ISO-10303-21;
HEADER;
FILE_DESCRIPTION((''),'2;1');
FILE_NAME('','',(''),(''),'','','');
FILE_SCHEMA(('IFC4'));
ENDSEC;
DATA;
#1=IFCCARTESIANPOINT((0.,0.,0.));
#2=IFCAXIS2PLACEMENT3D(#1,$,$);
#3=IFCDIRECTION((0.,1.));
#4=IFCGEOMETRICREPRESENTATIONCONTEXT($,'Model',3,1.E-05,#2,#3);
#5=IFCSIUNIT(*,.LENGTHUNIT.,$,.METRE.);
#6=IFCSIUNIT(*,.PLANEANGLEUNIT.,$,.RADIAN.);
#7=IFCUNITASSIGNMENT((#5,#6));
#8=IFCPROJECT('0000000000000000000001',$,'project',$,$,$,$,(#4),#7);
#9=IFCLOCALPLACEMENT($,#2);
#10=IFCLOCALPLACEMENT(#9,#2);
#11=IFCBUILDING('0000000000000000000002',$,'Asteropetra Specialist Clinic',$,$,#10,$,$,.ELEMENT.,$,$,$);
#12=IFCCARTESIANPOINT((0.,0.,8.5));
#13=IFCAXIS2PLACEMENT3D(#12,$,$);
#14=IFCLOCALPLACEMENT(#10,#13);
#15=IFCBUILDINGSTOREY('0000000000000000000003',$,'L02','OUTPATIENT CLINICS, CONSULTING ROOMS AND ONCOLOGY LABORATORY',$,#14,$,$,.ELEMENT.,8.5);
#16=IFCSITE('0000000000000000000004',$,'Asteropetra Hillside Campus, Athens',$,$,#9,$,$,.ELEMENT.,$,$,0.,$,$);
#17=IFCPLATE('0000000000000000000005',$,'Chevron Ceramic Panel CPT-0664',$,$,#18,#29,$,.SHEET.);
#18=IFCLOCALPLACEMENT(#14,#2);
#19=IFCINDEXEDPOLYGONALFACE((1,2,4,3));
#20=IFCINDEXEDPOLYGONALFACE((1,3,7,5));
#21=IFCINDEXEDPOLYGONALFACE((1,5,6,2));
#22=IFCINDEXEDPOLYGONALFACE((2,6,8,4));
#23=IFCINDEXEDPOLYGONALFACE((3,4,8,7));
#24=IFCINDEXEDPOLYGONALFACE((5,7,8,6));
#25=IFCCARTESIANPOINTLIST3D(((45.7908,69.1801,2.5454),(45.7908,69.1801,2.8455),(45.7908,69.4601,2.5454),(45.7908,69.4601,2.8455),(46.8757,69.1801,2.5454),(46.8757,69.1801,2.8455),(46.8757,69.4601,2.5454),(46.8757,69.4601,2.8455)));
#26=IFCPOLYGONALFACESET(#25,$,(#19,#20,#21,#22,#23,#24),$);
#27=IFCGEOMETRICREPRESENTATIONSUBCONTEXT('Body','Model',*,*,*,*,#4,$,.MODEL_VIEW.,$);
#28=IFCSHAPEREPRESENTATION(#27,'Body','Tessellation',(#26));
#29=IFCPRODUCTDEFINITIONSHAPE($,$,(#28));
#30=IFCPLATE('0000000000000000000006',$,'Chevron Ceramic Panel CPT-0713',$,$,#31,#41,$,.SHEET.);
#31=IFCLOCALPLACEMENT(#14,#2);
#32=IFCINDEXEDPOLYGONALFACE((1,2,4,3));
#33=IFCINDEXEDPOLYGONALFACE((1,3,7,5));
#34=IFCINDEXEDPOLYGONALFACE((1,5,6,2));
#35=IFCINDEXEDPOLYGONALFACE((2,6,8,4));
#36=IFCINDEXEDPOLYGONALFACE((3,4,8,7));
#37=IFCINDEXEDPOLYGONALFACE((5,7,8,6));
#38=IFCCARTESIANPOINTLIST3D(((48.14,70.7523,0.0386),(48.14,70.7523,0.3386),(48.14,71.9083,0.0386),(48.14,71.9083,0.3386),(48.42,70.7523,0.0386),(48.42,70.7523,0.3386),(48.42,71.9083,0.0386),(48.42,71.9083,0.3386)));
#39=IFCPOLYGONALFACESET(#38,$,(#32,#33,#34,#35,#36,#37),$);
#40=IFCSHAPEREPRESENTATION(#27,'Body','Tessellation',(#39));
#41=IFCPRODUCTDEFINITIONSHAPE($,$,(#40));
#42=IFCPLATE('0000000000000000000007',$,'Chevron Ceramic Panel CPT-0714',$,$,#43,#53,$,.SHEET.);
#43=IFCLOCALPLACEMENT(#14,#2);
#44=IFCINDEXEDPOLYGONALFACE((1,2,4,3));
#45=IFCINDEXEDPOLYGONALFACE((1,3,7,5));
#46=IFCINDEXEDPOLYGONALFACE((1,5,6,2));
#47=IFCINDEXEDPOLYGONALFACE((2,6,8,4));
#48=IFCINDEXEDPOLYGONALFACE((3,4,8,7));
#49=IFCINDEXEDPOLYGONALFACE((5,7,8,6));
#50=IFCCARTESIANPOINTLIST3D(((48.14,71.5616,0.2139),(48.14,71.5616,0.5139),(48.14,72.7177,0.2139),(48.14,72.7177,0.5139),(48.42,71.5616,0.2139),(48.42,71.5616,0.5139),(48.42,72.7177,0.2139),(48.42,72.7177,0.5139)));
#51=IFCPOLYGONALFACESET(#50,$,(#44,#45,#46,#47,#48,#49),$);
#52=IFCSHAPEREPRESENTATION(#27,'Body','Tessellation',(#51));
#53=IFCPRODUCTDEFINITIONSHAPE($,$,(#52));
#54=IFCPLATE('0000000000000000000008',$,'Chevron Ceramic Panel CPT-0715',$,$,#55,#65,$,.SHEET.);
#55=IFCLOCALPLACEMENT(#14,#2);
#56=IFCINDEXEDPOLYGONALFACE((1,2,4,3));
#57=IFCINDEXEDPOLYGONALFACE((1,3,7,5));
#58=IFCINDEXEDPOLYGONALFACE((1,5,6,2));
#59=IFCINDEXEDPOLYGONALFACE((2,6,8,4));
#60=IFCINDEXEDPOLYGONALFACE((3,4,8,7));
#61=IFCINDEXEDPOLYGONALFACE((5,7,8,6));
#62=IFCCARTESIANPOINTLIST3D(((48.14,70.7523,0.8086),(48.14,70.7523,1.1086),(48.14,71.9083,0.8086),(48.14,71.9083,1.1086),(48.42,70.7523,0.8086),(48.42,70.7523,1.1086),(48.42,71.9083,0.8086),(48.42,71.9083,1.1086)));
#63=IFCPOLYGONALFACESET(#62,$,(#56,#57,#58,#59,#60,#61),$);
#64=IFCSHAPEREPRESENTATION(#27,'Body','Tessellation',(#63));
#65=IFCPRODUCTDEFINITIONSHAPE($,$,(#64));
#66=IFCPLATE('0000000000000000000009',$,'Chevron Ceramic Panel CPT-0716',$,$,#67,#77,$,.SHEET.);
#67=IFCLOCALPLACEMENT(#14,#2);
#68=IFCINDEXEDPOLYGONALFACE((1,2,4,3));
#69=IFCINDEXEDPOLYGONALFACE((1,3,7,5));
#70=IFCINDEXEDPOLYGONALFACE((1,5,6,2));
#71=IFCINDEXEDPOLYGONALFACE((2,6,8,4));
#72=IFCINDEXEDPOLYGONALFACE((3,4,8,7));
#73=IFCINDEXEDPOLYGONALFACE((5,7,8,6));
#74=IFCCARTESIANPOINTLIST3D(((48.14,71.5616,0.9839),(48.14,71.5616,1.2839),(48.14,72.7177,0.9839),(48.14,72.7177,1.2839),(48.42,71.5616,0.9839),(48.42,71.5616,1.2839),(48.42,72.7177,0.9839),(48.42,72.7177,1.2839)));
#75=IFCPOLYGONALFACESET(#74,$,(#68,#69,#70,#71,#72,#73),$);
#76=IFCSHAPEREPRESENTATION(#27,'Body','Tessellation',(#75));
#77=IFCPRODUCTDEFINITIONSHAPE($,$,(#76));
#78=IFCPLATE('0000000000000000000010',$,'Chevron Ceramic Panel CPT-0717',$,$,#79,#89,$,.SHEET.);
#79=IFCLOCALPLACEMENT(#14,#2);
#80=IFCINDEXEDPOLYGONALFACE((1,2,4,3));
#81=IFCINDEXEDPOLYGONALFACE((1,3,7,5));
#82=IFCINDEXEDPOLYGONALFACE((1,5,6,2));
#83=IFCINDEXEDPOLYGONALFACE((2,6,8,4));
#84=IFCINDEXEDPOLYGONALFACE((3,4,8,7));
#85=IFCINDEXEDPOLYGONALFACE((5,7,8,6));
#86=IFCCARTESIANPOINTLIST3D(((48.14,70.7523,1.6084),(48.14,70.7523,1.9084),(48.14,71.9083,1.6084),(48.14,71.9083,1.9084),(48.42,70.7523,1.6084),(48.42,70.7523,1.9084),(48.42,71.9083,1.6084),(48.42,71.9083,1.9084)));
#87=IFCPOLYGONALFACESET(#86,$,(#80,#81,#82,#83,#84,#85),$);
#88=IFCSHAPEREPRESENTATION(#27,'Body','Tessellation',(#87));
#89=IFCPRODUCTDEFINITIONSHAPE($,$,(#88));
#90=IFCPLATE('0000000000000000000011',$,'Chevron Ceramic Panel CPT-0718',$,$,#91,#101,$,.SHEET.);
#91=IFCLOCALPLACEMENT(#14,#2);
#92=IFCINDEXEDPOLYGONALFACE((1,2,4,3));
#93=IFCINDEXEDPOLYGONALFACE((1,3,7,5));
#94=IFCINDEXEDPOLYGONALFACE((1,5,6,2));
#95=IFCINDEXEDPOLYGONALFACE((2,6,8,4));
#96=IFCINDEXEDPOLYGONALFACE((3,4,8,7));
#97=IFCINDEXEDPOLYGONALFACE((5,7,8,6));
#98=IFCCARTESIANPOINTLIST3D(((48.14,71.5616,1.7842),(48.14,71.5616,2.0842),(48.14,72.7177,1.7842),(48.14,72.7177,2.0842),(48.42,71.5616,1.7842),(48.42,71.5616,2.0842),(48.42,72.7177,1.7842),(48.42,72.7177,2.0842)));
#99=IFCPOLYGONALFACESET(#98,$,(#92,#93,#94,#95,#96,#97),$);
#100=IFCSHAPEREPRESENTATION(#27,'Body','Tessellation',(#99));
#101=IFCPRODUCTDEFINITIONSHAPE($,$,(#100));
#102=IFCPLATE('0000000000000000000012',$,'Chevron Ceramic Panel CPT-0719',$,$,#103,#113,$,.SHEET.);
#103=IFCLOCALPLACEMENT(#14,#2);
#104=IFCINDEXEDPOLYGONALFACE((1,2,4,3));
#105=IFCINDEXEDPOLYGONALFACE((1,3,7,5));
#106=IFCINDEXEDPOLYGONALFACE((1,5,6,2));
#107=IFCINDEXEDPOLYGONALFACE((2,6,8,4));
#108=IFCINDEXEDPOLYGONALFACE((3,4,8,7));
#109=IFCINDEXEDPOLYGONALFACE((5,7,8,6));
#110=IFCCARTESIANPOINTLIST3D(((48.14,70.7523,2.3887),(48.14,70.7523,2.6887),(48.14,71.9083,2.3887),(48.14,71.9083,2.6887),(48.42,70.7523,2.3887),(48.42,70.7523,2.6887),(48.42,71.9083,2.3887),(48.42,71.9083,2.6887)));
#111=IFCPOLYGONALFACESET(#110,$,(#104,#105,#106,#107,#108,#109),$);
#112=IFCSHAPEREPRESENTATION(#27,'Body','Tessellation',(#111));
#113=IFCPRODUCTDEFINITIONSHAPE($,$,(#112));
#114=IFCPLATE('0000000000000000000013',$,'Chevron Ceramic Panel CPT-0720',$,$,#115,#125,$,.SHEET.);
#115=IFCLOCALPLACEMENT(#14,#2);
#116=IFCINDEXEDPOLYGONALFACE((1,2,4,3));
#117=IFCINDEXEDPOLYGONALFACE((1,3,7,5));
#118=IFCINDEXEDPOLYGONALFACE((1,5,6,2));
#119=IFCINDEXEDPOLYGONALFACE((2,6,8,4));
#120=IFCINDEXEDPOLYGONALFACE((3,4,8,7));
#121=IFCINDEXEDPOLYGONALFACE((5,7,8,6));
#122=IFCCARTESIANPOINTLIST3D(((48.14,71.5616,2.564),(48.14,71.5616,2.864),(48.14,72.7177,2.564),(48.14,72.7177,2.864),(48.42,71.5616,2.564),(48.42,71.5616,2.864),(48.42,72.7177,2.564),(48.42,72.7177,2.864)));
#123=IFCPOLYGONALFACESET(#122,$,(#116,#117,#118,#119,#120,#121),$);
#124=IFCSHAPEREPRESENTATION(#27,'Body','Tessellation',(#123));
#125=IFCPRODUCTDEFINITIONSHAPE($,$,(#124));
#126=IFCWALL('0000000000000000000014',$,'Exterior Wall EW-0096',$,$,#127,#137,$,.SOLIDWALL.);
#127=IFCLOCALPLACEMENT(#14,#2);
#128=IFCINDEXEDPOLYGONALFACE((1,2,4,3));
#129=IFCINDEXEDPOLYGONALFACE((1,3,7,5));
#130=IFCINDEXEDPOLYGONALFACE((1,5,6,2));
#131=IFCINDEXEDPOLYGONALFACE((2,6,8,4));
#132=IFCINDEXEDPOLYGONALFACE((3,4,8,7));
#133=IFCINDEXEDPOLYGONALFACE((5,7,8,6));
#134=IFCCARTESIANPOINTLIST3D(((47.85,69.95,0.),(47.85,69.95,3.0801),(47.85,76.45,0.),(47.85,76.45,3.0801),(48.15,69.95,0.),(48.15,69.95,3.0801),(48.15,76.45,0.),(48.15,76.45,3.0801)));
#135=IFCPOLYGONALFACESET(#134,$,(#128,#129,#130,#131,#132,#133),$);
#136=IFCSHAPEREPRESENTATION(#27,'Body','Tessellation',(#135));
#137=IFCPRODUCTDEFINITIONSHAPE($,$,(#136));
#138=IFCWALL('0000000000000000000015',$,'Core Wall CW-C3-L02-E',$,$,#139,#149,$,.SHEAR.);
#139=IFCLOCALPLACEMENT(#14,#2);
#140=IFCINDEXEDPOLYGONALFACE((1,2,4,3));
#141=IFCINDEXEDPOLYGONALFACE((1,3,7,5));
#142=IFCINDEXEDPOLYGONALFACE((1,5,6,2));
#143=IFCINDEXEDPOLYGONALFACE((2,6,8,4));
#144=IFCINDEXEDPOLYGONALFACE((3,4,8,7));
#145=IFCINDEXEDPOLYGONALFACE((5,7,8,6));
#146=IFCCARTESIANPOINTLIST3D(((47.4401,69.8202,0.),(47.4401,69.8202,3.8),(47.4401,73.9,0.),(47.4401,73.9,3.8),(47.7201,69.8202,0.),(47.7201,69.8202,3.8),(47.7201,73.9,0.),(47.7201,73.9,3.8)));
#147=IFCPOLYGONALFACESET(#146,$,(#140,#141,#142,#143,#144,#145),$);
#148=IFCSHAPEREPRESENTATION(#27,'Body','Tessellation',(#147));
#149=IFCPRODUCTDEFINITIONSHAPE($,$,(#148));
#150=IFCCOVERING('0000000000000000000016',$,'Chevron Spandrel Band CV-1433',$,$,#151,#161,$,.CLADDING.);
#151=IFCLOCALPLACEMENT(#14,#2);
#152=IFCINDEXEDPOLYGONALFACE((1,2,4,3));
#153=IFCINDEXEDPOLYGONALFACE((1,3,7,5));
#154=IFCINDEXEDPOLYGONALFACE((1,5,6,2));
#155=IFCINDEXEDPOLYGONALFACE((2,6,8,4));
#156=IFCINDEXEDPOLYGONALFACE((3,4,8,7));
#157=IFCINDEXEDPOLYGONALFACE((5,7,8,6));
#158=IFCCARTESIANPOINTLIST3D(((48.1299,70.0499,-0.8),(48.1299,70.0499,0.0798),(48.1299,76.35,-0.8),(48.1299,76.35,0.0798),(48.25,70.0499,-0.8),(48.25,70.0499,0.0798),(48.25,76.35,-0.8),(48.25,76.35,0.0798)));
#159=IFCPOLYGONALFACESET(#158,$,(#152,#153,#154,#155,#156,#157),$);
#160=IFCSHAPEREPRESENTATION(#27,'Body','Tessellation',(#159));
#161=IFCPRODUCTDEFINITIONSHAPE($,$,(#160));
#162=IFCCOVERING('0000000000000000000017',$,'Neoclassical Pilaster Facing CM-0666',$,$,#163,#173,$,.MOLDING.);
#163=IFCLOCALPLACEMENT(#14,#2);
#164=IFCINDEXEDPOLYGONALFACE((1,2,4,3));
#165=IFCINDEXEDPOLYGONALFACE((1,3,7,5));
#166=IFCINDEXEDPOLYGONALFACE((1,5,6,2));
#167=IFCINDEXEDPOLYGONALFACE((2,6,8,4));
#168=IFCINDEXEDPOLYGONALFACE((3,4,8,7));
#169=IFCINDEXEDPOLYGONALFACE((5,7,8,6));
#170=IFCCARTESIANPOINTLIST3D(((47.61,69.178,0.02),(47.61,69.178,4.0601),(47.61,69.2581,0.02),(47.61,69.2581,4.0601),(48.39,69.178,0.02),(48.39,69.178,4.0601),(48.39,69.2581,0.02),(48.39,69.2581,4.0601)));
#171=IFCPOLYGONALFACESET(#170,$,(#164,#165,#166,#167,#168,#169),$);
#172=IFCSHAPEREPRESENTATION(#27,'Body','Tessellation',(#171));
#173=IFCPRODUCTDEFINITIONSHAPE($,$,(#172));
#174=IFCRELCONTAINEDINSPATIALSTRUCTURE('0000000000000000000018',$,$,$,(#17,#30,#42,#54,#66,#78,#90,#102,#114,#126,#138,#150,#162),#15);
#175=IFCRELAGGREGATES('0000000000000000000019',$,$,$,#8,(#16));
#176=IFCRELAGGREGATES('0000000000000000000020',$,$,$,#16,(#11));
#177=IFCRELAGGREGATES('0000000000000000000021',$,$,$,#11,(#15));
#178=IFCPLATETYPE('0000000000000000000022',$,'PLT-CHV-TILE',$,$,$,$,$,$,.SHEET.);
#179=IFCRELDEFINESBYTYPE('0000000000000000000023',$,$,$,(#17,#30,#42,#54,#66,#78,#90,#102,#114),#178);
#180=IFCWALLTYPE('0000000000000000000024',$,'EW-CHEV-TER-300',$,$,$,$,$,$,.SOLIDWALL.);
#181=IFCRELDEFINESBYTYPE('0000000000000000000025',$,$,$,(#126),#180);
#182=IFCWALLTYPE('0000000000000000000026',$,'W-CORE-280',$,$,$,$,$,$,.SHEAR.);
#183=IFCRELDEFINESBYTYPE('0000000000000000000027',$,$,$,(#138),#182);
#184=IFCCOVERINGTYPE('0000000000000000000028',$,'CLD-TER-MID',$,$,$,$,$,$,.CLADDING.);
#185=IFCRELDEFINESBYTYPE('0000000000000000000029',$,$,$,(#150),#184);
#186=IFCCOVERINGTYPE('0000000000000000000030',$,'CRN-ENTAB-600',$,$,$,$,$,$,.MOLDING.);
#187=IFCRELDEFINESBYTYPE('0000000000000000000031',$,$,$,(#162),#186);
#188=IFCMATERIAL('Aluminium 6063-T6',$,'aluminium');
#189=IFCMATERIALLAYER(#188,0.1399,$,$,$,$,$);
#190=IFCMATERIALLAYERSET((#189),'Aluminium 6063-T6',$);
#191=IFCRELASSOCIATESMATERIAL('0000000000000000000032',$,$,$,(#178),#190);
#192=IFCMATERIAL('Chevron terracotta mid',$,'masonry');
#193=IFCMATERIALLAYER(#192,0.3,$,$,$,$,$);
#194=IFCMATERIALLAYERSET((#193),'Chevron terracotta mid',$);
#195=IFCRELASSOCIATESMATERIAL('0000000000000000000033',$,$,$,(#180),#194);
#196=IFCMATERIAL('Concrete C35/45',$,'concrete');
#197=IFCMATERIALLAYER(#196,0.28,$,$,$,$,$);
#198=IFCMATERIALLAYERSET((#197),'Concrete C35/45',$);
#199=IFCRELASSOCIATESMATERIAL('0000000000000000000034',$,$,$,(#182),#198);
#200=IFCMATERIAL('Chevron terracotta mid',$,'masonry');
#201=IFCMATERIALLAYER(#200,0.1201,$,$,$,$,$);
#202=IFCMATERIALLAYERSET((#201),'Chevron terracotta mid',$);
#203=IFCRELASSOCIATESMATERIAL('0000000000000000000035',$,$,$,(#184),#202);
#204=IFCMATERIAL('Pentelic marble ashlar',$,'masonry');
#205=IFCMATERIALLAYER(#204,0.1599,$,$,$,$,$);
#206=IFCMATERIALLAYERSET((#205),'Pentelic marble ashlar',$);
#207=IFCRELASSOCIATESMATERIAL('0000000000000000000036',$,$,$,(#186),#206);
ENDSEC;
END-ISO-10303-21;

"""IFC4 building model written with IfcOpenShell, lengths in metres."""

from ifc_helpers import new_model, si_unit, direction, frame, frame_2d, origin, origin_2d, place, context, subcontext, project, spatial, rectangle, extrude, material, layer, layer_set, type_object, element, save


model = new_model("IFC4")

# Units and contexts
model_context = context("Model", 3, precision=1e-05, world=origin(), true_north=direction((0.0, 1.0)))
body_context = subcontext(model_context, "Body", "Model", "MODEL_VIEW")
ifc_project = project(units=[si_unit("LENGTHUNIT", "METRE"), si_unit("PLANEANGLEUNIT", "RADIAN")], contexts=[model_context])

# Site, building, storey
site_placement = place(None, origin())
site = spatial("IfcSite", under=ifc_project, at=site_placement, Name="Asteropetra Hillside Campus, Athens", CompositionType="ELEMENT", RefElevation=0.0)
building_placement = place(site_placement, origin())
building = spatial("IfcBuilding", under=site, at=building_placement, Name="Asteropetra Specialist Clinic", CompositionType="ELEMENT")
storey_placement = place(building_placement, frame((0.0, 0.0, 8.5)))
storey = spatial("IfcBuildingStorey", under=building, at=storey_placement, Name="L02", Description="OUTPATIENT CLINICS, CONSULTING ROOMS AND ONCOLOGY LABORATORY", CompositionType="ELEMENT", Elevation=8.5)

# Plates
ifc_material_1 = material(Name="Aluminium 6063-T6", Category="aluminium")
ifc_layer_1 = layer(ifc_material_1, 0.1399)
ifc_layer_set_1 = layer_set([ifc_layer_1], Name="Aluminium 6063-T6")
plate_type_1 = type_object("IfcPlateType", Name="PLT-CHV-TILE", PredefinedType="SHEET", material=ifc_layer_set_1)
plate_1_placement = place(storey_placement, frame((46.3333, 69.3201, 2.5454), z_axis=(0.0, 0.0, 1.0), x_axis=(1.0, 0.0, 0.0)))
element("IfcPlate", 1, at=plate_1_placement, inside=storey, type_object=plate_type_1, Name="Chevron Ceramic Panel CPT-0664", PredefinedType="SHEET", context=body_context, shape_type="SweptSolid", body=[
    extrude(rectangle(XDim=1.085, YDim=0.28, at=origin_2d()), origin(), (0.0, 0.0, 1.0), 0.3),
])
for number, where, z_axis, x_axis, name in (
    (2, (48.28, 71.3303, 0.0386), (0.0, 0.0, 1.0), (1.0, 0.0, 0.0), "Chevron Ceramic Panel CPT-0713"),
    (3, (48.28, 72.1396, 0.2139), (0.0, 0.0, 1.0), (1.0, 0.0, 0.0), "Chevron Ceramic Panel CPT-0714"),
    (4, (48.28, 71.3303, 0.8086), (0.0, 0.0, 1.0), (1.0, 0.0, 0.0), "Chevron Ceramic Panel CPT-0715"),
    (5, (48.28, 72.1396, 0.9839), (0.0, 0.0, 1.0), (1.0, 0.0, 0.0), "Chevron Ceramic Panel CPT-0716"),
    (6, (48.28, 71.3303, 1.6084), (0.0, 0.0, 1.0), (1.0, 0.0, 0.0), "Chevron Ceramic Panel CPT-0717"),
    (7, (48.28, 72.1396, 1.7842), (0.0, 0.0, 1.0), (1.0, 0.0, 0.0), "Chevron Ceramic Panel CPT-0718"),
    (8, (48.28, 71.3303, 2.3887), (0.0, 0.0, 1.0), (1.0, 0.0, 0.0), "Chevron Ceramic Panel CPT-0719"),
    (9, (48.28, 72.1396, 2.564), (0.0, 0.0, 1.0), (1.0, 0.0, 0.0), "Chevron Ceramic Panel CPT-0720"),
):
    element("IfcPlate", number, at=place(storey_placement, frame(where, z_axis=z_axis, x_axis=x_axis)), inside=storey, type_object=plate_type_1, Name=name, PredefinedType="SHEET", context=body_context, shape_type="SweptSolid", body=[
        extrude(rectangle(XDim=0.28, YDim=1.156, at=origin_2d()), origin(), (0.0, 0.0, 1.0), 0.3),
    ])

# Walls
ifc_material_2 = material(Name="Chevron terracotta mid", Category="masonry")
ifc_layer_2 = layer(ifc_material_2, 0.3)
ifc_layer_set_2 = layer_set([ifc_layer_2], Name="Chevron terracotta mid")
wall_type_1 = type_object("IfcWallType", Name="EW-CHEV-TER-300", PredefinedType="SOLIDWALL", material=ifc_layer_set_2)
wall_1_placement = place(storey_placement, frame((48.0, 69.95, 0.0), z_axis=(0.0, 0.0, 1.0), x_axis=(0.0, 1.0, 0.0)))
element("IfcWall", 10, at=wall_1_placement, inside=storey, type_object=wall_type_1, Name="Exterior Wall EW-0096", PredefinedType="SOLIDWALL", context=body_context, shape_type="SweptSolid", body=[
    extrude(rectangle(XDim=6.5, YDim=0.3, at=frame_2d((3.25, 0.0))), origin(), (0.0, 0.0, 1.0), 3.0801),
])
ifc_material_3 = material(Name="Concrete C35/45", Category="concrete")
ifc_layer_3 = layer(ifc_material_3, 0.28)
ifc_layer_set_3 = layer_set([ifc_layer_3], Name="Concrete C35/45")
wall_type_2 = type_object("IfcWallType", Name="W-CORE-280", PredefinedType="SHEAR", material=ifc_layer_set_3)
wall_2_placement = place(storey_placement, frame((47.5801, 69.8201, 0.0), z_axis=(0.0, 0.0, 1.0), x_axis=(0.0, 1.0, 0.0)))
element("IfcWall", 11, at=wall_2_placement, inside=storey, type_object=wall_type_2, Name="Core Wall CW-C3-L02-E", PredefinedType="SHEAR", context=body_context, shape_type="SweptSolid", body=[
    extrude(rectangle(XDim=4.0798, YDim=0.28, at=frame_2d((2.04, 0.0))), origin(), (0.0, 0.0, 1.0), 3.8),
])

# Coverings
ifc_material_4 = material(Name="Chevron terracotta mid", Category="masonry")
ifc_layer_4 = layer(ifc_material_4, 0.1201)
ifc_layer_set_4 = layer_set([ifc_layer_4], Name="Chevron terracotta mid")
covering_type_1 = type_object("IfcCoveringType", Name="CLD-TER-MID", PredefinedType="CLADDING", material=ifc_layer_set_4)
covering_1_placement = place(storey_placement, frame((48.1899, 73.2, -0.8), z_axis=(0.0, 0.0, 1.0), x_axis=(1.0, 0.0, 0.0)))
element("IfcCovering", 12, at=covering_1_placement, inside=storey, type_object=covering_type_1, Name="Chevron Spandrel Band CV-1433", PredefinedType="CLADDING", context=body_context, shape_type="SweptSolid", body=[
    extrude(rectangle(XDim=0.1201, YDim=6.3, at=origin_2d()), origin(), (0.0, 0.0, 1.0), 0.8799),
])
ifc_material_5 = material(Name="Pentelic marble ashlar", Category="masonry")
ifc_layer_5 = layer(ifc_material_5, 0.1599)
ifc_layer_set_5 = layer_set([ifc_layer_5], Name="Pentelic marble ashlar")
covering_type_2 = type_object("IfcCoveringType", Name="CRN-ENTAB-600", PredefinedType="MOLDING", material=ifc_layer_set_5)
covering_2_placement = place(storey_placement, frame((48.0, 69.218, 0.02), z_axis=(0.0, 0.0, 1.0), x_axis=(1.0, 0.0, 0.0)))
element("IfcCovering", 13, at=covering_2_placement, inside=storey, type_object=covering_type_2, Name="Neoclassical Pilaster Facing CM-0666", PredefinedType="MOLDING", context=body_context, shape_type="SweptSolid", body=[
    extrude(rectangle(XDim=0.78, YDim=0.0801, at=origin_2d()), origin(), (0.0, 0.0, 1.0), 4.04),
])

save(model, "model.ifc")
